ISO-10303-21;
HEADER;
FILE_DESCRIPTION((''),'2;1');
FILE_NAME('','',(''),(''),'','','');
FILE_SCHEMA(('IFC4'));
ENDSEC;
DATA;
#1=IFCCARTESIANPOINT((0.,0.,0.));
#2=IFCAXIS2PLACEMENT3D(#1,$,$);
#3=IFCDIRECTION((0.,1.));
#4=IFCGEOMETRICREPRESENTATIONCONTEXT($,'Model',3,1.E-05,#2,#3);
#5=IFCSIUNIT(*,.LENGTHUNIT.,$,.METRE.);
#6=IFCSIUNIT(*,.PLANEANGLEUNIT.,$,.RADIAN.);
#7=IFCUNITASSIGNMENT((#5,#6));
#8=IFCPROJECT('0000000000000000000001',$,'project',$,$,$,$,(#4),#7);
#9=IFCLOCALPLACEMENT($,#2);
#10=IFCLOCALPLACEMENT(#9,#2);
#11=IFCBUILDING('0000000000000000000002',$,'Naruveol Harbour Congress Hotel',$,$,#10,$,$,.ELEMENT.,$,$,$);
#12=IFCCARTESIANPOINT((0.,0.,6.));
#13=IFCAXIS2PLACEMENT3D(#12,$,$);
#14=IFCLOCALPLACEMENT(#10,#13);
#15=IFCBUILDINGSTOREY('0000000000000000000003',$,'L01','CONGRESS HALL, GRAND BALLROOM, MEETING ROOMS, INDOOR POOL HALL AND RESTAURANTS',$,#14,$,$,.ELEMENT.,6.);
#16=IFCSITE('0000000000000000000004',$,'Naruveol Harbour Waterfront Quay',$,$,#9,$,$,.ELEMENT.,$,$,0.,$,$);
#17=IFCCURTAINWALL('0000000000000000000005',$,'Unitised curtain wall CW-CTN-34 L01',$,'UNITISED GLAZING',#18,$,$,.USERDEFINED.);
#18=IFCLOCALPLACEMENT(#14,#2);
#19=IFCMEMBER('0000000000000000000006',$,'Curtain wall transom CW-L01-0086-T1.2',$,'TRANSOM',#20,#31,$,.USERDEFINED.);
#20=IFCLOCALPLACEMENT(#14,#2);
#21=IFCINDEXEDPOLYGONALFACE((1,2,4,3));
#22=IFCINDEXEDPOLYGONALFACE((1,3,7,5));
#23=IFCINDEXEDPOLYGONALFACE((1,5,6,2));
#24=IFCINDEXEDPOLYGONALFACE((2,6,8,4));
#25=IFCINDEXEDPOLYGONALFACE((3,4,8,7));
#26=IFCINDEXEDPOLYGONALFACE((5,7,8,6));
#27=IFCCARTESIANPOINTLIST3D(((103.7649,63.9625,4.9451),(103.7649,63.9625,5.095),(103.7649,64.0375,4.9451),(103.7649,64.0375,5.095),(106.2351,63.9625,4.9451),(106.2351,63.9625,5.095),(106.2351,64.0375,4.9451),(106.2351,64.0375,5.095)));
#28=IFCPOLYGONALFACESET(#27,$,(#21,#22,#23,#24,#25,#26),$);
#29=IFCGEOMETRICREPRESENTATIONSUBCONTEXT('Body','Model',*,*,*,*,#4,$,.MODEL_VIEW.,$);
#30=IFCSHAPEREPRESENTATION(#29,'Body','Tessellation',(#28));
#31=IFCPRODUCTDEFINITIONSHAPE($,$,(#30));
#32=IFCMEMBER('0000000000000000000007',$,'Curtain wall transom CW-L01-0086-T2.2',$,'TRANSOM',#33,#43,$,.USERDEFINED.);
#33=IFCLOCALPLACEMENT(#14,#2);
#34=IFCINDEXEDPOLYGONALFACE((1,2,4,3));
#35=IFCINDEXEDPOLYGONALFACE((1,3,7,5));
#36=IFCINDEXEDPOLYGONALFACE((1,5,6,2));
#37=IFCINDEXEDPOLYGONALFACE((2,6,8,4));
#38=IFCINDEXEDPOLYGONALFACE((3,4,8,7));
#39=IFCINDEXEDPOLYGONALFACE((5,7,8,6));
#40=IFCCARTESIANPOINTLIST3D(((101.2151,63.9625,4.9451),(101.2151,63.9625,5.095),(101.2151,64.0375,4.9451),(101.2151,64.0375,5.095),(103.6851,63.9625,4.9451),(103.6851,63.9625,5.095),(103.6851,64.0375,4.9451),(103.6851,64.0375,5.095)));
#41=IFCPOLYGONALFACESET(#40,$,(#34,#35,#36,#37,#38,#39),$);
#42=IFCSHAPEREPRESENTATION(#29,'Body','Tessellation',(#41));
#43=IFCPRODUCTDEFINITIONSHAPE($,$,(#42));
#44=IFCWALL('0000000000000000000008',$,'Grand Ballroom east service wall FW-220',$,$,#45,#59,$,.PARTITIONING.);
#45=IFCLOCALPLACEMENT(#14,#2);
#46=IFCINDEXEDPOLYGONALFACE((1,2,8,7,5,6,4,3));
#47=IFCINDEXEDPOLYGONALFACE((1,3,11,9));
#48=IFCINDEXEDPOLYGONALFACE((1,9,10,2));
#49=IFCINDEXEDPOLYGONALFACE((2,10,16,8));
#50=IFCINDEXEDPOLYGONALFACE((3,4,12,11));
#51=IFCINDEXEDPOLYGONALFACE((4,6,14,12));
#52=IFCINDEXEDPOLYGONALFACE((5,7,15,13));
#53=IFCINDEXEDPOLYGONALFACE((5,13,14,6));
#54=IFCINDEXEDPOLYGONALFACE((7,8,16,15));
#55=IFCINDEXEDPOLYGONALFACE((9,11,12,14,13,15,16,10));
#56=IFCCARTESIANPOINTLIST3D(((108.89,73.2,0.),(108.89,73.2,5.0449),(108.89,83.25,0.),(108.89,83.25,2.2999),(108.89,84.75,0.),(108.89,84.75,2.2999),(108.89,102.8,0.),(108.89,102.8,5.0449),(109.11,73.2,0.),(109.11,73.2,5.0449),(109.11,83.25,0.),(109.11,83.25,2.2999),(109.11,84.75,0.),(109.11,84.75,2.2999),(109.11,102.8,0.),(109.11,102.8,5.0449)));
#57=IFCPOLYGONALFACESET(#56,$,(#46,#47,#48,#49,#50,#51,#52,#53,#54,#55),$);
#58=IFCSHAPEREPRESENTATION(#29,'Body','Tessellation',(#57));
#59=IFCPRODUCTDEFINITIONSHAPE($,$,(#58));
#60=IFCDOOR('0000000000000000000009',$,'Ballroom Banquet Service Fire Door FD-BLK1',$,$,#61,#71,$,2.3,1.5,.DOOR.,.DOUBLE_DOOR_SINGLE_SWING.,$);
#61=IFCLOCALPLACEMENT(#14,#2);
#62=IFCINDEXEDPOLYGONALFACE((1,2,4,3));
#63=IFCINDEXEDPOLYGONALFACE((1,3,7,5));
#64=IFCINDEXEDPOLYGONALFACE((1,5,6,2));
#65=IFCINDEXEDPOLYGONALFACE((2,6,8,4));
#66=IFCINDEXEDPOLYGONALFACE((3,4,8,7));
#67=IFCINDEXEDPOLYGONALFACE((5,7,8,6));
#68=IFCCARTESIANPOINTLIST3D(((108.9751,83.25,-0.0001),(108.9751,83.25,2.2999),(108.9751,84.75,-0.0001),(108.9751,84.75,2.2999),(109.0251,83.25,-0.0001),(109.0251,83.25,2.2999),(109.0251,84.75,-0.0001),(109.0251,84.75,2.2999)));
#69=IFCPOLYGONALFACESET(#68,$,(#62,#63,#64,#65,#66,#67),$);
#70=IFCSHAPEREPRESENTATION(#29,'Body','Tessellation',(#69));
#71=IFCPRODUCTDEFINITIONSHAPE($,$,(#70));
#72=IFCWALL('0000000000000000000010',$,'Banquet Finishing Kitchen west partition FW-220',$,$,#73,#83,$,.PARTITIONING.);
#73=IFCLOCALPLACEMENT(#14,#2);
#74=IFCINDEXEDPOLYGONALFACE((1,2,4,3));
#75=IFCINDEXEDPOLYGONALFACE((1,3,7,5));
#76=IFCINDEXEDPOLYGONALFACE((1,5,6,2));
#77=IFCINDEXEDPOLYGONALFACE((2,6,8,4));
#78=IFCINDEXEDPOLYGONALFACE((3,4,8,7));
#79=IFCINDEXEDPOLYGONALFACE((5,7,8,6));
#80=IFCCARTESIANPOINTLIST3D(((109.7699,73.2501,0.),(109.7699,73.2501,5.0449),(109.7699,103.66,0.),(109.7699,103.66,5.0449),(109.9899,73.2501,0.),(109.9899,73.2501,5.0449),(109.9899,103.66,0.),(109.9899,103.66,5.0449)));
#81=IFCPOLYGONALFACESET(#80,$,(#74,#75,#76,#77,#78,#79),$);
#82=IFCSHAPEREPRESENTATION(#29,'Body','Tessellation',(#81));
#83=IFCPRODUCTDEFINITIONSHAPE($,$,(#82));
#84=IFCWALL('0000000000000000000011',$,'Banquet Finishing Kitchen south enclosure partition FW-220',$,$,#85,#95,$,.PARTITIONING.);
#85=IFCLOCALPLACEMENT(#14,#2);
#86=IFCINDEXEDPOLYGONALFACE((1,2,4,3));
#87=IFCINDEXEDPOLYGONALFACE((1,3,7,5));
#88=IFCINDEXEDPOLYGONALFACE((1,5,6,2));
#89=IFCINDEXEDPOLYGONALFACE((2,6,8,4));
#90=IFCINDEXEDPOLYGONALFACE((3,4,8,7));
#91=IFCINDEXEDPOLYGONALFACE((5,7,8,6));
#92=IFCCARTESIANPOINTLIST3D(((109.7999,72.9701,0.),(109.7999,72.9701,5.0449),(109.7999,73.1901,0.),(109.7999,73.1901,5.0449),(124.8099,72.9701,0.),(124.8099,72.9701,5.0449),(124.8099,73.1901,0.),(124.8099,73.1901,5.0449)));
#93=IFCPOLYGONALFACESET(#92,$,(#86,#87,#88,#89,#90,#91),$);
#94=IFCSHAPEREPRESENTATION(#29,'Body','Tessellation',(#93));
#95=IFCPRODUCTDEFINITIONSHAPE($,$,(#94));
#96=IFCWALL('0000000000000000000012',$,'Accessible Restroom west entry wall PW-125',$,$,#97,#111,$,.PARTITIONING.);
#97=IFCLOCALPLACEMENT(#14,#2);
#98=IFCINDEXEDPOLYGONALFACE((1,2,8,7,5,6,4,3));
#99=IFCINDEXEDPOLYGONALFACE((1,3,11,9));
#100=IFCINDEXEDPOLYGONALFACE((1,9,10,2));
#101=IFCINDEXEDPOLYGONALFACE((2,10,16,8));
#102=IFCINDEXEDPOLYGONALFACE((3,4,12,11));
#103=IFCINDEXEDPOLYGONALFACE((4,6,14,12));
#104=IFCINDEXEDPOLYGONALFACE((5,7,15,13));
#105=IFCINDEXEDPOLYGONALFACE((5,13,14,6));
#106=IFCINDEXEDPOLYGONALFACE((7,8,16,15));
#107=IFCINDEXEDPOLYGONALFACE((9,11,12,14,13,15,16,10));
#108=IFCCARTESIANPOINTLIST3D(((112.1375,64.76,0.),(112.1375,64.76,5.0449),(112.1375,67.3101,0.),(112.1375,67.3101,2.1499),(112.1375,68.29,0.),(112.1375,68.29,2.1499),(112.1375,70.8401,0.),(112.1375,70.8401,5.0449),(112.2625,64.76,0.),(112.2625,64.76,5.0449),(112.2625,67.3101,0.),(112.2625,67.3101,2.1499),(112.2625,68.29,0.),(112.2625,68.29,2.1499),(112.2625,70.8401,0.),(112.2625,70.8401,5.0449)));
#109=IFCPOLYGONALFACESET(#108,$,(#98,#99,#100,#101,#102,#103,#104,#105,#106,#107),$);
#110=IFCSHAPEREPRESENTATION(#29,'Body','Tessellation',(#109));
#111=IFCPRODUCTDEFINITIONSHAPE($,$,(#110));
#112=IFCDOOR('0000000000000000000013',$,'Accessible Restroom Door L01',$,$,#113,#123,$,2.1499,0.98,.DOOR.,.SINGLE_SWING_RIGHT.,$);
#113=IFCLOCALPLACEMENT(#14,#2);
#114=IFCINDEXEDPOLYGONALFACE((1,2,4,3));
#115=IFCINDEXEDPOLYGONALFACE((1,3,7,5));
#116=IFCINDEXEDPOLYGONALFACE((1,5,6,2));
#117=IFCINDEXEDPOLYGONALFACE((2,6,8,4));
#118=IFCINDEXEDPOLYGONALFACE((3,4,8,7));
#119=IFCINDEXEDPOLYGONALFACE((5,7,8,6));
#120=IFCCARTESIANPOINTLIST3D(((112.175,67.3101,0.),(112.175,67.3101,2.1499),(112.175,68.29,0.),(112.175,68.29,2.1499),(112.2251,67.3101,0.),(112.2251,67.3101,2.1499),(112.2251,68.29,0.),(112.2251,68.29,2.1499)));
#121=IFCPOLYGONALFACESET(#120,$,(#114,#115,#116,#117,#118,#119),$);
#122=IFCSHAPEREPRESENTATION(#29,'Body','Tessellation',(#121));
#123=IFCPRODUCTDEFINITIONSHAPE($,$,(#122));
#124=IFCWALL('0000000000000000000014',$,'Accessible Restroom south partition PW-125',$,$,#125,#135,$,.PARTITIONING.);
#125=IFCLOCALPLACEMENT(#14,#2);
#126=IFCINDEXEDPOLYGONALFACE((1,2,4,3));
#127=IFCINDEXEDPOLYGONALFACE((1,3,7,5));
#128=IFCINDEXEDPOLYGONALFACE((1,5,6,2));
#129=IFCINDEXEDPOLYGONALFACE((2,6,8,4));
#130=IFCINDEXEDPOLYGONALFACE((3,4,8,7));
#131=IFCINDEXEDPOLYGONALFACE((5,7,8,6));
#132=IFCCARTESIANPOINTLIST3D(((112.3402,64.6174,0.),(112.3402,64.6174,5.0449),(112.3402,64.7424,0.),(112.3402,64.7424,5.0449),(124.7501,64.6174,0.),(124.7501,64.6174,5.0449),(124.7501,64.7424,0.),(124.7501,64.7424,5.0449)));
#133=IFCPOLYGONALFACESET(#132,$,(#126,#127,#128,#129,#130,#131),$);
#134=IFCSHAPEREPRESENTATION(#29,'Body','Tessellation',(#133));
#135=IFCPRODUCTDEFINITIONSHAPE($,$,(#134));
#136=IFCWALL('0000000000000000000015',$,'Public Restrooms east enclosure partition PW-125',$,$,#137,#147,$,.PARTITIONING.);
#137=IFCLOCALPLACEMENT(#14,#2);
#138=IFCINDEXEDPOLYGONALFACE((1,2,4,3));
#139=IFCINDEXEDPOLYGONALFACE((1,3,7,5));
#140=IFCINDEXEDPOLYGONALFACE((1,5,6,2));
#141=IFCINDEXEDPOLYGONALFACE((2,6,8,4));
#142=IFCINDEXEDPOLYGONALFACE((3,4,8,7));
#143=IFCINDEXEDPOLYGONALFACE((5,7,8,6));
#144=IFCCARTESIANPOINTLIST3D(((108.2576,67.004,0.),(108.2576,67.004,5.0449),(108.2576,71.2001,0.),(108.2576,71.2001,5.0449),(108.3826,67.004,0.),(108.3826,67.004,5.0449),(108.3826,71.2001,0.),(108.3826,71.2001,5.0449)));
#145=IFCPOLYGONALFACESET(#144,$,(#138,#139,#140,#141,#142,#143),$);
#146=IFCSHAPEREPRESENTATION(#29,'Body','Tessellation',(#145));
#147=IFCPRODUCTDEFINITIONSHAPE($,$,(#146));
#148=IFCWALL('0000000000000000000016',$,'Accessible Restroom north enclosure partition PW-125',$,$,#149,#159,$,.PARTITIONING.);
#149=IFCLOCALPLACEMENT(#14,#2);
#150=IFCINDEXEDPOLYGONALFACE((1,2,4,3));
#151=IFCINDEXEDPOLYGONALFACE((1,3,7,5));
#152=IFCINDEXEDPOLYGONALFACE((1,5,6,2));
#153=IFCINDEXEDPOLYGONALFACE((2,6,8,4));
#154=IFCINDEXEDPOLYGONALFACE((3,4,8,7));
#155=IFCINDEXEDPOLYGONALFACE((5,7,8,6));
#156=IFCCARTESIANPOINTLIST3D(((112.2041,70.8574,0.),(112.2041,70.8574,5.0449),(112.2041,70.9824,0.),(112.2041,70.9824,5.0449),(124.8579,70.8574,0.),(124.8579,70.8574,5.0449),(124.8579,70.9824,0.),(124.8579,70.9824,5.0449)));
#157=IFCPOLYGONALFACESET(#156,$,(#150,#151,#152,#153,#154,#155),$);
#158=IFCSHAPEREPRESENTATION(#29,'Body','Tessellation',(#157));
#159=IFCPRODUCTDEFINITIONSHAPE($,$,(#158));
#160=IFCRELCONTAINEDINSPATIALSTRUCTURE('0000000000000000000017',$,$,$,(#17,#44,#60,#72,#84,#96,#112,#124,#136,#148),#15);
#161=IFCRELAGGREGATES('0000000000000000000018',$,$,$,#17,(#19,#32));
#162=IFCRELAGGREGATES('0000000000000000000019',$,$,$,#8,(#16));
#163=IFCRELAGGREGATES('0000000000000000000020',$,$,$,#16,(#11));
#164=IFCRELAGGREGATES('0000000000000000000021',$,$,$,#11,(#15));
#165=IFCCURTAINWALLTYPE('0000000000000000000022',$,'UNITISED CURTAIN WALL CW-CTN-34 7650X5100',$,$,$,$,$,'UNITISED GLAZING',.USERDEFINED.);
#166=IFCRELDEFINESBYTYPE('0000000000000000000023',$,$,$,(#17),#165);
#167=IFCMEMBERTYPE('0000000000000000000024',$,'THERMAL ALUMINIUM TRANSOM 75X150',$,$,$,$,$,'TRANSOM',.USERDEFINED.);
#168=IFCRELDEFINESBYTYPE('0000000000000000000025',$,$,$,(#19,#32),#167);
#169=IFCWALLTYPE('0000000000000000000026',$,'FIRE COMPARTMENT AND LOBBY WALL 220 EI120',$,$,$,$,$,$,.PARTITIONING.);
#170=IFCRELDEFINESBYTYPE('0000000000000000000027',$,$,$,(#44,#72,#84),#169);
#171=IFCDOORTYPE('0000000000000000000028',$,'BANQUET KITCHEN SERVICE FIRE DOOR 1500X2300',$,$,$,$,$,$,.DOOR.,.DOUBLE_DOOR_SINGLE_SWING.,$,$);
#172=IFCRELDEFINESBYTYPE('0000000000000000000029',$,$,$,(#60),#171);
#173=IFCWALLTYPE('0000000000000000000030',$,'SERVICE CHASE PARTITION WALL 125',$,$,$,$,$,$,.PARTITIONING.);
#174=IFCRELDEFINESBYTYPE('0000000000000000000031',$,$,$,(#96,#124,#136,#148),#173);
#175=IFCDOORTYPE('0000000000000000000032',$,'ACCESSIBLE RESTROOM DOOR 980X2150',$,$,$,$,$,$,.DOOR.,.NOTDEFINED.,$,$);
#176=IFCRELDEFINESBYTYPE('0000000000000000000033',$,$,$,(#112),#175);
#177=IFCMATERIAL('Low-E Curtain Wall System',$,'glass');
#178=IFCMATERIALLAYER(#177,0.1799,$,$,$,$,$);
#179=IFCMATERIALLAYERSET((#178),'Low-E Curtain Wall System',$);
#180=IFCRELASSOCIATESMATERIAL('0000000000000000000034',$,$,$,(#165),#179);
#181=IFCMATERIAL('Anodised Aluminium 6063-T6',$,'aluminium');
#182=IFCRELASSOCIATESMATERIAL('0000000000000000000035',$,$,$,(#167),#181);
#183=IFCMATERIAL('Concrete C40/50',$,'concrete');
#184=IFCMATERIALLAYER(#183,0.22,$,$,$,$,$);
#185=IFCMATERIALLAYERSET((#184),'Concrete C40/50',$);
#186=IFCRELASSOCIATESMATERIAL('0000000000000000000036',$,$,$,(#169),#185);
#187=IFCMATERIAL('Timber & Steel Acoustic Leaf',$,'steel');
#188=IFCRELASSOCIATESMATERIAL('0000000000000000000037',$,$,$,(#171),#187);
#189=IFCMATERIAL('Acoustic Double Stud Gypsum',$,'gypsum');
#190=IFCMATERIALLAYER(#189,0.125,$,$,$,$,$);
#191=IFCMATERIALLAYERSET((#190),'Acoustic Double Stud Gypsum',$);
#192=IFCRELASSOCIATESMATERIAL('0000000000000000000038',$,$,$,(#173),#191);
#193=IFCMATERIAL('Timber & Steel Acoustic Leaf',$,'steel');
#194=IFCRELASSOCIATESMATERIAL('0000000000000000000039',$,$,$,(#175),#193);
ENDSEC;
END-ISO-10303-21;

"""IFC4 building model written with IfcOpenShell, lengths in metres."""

from ifc_helpers import new_model, si_unit, direction, frame, frame_2d, origin, origin_2d, place, context, subcontext, project, spatial, rectangle, extrude, material, layer, layer_set, material_profile, profile_set, type_object, element, fill, aggregate, save


model = new_model("IFC4")

# Units and contexts
model_context = context("Model", 3, precision=1e-05, world=origin(), true_north=direction((0.0, 1.0)))
body_context = subcontext(model_context, "Body", "Model", "MODEL_VIEW")
ifc_project = project(units=[si_unit("LENGTHUNIT", "METRE"), si_unit("PLANEANGLEUNIT", "RADIAN")], contexts=[model_context])

# Site, building, storey
site_placement = place(None, origin())
site = spatial("IfcSite", under=ifc_project, at=site_placement, Name="Naruveol Harbour Waterfront Quay", CompositionType="ELEMENT", RefElevation=0.0)
building_placement = place(site_placement, origin())
building = spatial("IfcBuilding", under=site, at=building_placement, Name="Naruveol Harbour Congress Hotel", CompositionType="ELEMENT")
storey_placement = place(building_placement, frame((0.0, 0.0, 6.0)))
storey = spatial("IfcBuildingStorey", under=building, at=storey_placement, Name="L01", Description="CONGRESS HALL, GRAND BALLROOM, MEETING ROOMS, INDOOR POOL HALL AND RESTAURANTS", CompositionType="ELEMENT", Elevation=6.0)

# Curtain wall, members
ifc_material_1 = material(Name="Low-E Curtain Wall System", Category="glass")
ifc_layer_1 = layer(ifc_material_1, 0.1799)
ifc_layer_set_1 = layer_set([ifc_layer_1], Name="Low-E Curtain Wall System")
curtain_wall_type = type_object("IfcCurtainWallType", Name="UNITISED CURTAIN WALL CW-CTN-34 7650X5100", ElementType="UNITISED GLAZING", PredefinedType="USERDEFINED", material=ifc_layer_set_1)
curtain_wall_placement = place(storey_placement, origin())
curtain_wall = element("IfcCurtainWall", 1, at=curtain_wall_placement, inside=storey, type_object=curtain_wall_type, Name="Unitised curtain wall CW-CTN-34 L01", ObjectType="UNITISED GLAZING", PredefinedType="USERDEFINED")
ifc_material_2 = material(Name="Anodised Aluminium 6063-T6", Category="aluminium")
ifc_material_profile_1 = material_profile(ifc_material_2, rectangle(XDim=0.075, YDim=0.1499, at=origin_2d()), Name="ALU-75x150")
ifc_profile_set_1 = profile_set([ifc_material_profile_1], Name="Anodised Aluminium 6063-T6")
member_type_1 = type_object("IfcMemberType", Name="THERMAL ALUMINIUM TRANSOM 75X150", ElementType="TRANSOM", PredefinedType="USERDEFINED", material=ifc_profile_set_1)
member_1_placement = place(storey_placement, frame((106.2351, 64.0, 5.02), z_axis=(-1.0, 0.0, 0.0), x_axis=(0.0, -1.0, 0.0)))
member_1 = element("IfcMember", 2, at=member_1_placement, type_object=member_type_1, Name="Curtain wall transom CW-L01-0086-T1.2", ObjectType="TRANSOM", PredefinedType="USERDEFINED", context=body_context, shape_type="SweptSolid", body=[
    extrude(rectangle(XDim=0.075, YDim=0.1499, at=origin_2d()), origin(), (0.0, 0.0, 1.0), 2.4702),
])
member_2_placement = place(storey_placement, frame((103.6851, 64.0, 5.02), z_axis=(-1.0, 0.0, 0.0), x_axis=(0.0, -1.0, 0.0)))
member_2 = element("IfcMember", 3, at=member_2_placement, type_object=member_type_1, Name="Curtain wall transom CW-L01-0086-T2.2", ObjectType="TRANSOM", PredefinedType="USERDEFINED", context=body_context, shape_type="SweptSolid", body=[
    extrude(rectangle(XDim=0.075, YDim=0.1499, at=origin_2d()), origin(), (0.0, 0.0, 1.0), 2.47),
])
aggregate(curtain_wall, [member_1, member_2])

# Wall, opening, door
ifc_material_3 = material(Name="Concrete C40/50", Category="concrete")
ifc_layer_2 = layer(ifc_material_3, 0.22)
ifc_layer_set_2 = layer_set([ifc_layer_2], Name="Concrete C40/50")
wall_type_1 = type_object("IfcWallType", Name="FIRE COMPARTMENT AND LOBBY WALL 220 EI120", PredefinedType="PARTITIONING", material=ifc_layer_set_2)
wall_1_placement = place(storey_placement, frame((109.0, 73.2, 0.0), z_axis=(0.0, 0.0, 1.0), x_axis=(0.0, 1.0, 0.0)))
wall_1 = element("IfcWall", 4, at=wall_1_placement, inside=storey, type_object=wall_type_1, Name="Grand Ballroom east service wall FW-220", PredefinedType="PARTITIONING", context=body_context, shape_type="SweptSolid", body=[
    extrude(rectangle(XDim=29.6001, YDim=0.22, at=frame_2d((14.8, 0.0))), origin(), (0.0, 0.0, 1.0), 5.0449),
])
opening_1_placement = place(wall_1_placement, frame((10.05, 0.0, 0.0)))
opening_1 = element("IfcOpeningElement", 5, at=opening_1_placement, cuts=wall_1, PredefinedType="OPENING", context=body_context, shape_type="SweptSolid", body=[
    extrude(rectangle(XDim=1.5, YDim=2.3, at=frame_2d((0.75, 1.1499))), frame((0.0, 0.1199, 0.0), z_axis=(0.0, -1.0, 0.0), x_axis=(1.0, 0.0, 0.0)), (0.0, 0.0, 1.0), 0.24),
])
ifc_material_4 = material(Name="Timber & Steel Acoustic Leaf", Category="steel")
door_type_1 = type_object("IfcDoorType", Name="BANQUET KITCHEN SERVICE FIRE DOOR 1500X2300", OperationType="DOUBLE_DOOR_SINGLE_SWING", PredefinedType="DOOR", material=ifc_material_4)
door_1_placement = place(opening_1_placement, origin())
door_1 = element("IfcDoor", 6, at=door_1_placement, inside=storey, type_object=door_type_1, Name="Ballroom Banquet Service Fire Door FD-BLK1", OperationType="DOUBLE_DOOR_SINGLE_SWING", OverallHeight=2.3, OverallWidth=1.5, PredefinedType="DOOR", context=body_context, shape_type="SweptSolid", body=[
    extrude(rectangle(XDim=1.5, YDim=2.3, at=frame_2d((0.75, 1.1499))), frame((0.0, 0.0249, 0.0), z_axis=(0.0, -1.0, 0.0), x_axis=(1.0, 0.0, 0.0)), (0.0, 0.0, 1.0), 0.05),
])
fill(opening_1, door_1)

# Walls
wall_2_placement = place(storey_placement, frame((109.8799, 73.25, 0.0), z_axis=(0.0, 0.0, 1.0), x_axis=(0.0, 1.0, 0.0)))
element("IfcWall", 7, at=wall_2_placement, inside=storey, type_object=wall_type_1, Name="Banquet Finishing Kitchen west partition FW-220", PredefinedType="PARTITIONING", context=body_context, shape_type="SweptSolid", body=[
    extrude(rectangle(XDim=30.4099, YDim=0.22, at=frame_2d((15.2051, 0.0))), origin(), (0.0, 0.0, 1.0), 5.0449),
])
wall_3_placement = place(storey_placement, frame((109.8, 73.0801, 0.0), z_axis=(0.0, 0.0, 1.0), x_axis=(1.0, 0.0, 0.0)))
element("IfcWall", 8, at=wall_3_placement, inside=storey, type_object=wall_type_1, Name="Banquet Finishing Kitchen south enclosure partition FW-220", PredefinedType="PARTITIONING", context=body_context, shape_type="SweptSolid", body=[
    extrude(rectangle(XDim=15.01, YDim=0.22, at=frame_2d((7.5049, 0.0))), origin(), (0.0, 0.0, 1.0), 5.0449),
])

# Wall, opening, door
ifc_material_5 = material(Name="Acoustic Double Stud Gypsum", Category="gypsum")
ifc_layer_3 = layer(ifc_material_5, 0.125)
ifc_layer_set_3 = layer_set([ifc_layer_3], Name="Acoustic Double Stud Gypsum")
wall_type_2 = type_object("IfcWallType", Name="SERVICE CHASE PARTITION WALL 125", PredefinedType="PARTITIONING", material=ifc_layer_set_3)
wall_4_placement = place(storey_placement, frame((112.2, 64.76, 0.0), z_axis=(0.0, 0.0, 1.0), x_axis=(0.0, 1.0, 0.0)))
wall_4 = element("IfcWall", 9, at=wall_4_placement, inside=storey, type_object=wall_type_2, Name="Accessible Restroom west entry wall PW-125", PredefinedType="PARTITIONING", context=body_context, shape_type="SweptSolid", body=[
    extrude(rectangle(XDim=6.0801, YDim=0.125, at=frame_2d((3.04, 0.0))), origin(), (0.0, 0.0, 1.0), 5.0449),
])
opening_2_placement = place(wall_4_placement, frame((2.55, 0.0, 0.0)))
opening_2 = element("IfcOpeningElement", 10, at=opening_2_placement, cuts=wall_4, PredefinedType="OPENING", context=body_context, shape_type="SweptSolid", body=[
    extrude(rectangle(XDim=0.98, YDim=2.1499, at=frame_2d((0.49, 1.075))), frame((0.0, 0.0725, 0.0), z_axis=(0.0, -1.0, 0.0), x_axis=(1.0, 0.0, 0.0)), (0.0, 0.0, 1.0), 0.145),
])
ifc_material_6 = material(Name="Timber & Steel Acoustic Leaf", Category="steel")
door_type_2 = type_object("IfcDoorType", Name="ACCESSIBLE RESTROOM DOOR 980X2150", OperationType="NOTDEFINED", PredefinedType="DOOR", material=ifc_material_6)
door_2_placement = place(opening_2_placement, origin())
door_2 = element("IfcDoor", 11, at=door_2_placement, inside=storey, type_object=door_type_2, Name="Accessible Restroom Door L01", OperationType="SINGLE_SWING_RIGHT", OverallHeight=2.1499, OverallWidth=0.98, PredefinedType="DOOR", context=body_context, shape_type="SweptSolid", body=[
    extrude(rectangle(XDim=0.98, YDim=2.1499, at=frame_2d((0.49, 1.075))), frame((0.0, 0.0249, 0.0), z_axis=(0.0, -1.0, 0.0), x_axis=(1.0, 0.0, 0.0)), (0.0, 0.0, 1.0), 0.05),
])
fill(opening_2, door_2)

# Walls
wall_5_placement = place(storey_placement, frame((112.3401, 64.6799, 0.0), z_axis=(0.0, 0.0, 1.0), x_axis=(1.0, 0.0, 0.0)))
element("IfcWall", 12, at=wall_5_placement, inside=storey, type_object=wall_type_2, Name="Accessible Restroom south partition PW-125", PredefinedType="PARTITIONING", context=body_context, shape_type="SweptSolid", body=[
    extrude(rectangle(XDim=12.4099, YDim=0.125, at=frame_2d((6.2051, 0.0))), origin(), (0.0, 0.0, 1.0), 5.0449),
])
wall_6_placement = place(storey_placement, frame((108.3201, 67.0039, 0.0), z_axis=(0.0, 0.0, 1.0), x_axis=(0.0, 1.0, 0.0)))
element("IfcWall", 13, at=wall_6_placement, inside=storey, type_object=wall_type_2, Name="Public Restrooms east enclosure partition PW-125", PredefinedType="PARTITIONING", context=body_context, shape_type="SweptSolid", body=[
    extrude(rectangle(XDim=4.196, YDim=0.125, at=frame_2d((2.0981, 0.0))), origin(), (0.0, 0.0, 1.0), 5.0449),
])
wall_7_placement = place(storey_placement, frame((112.2041, 70.9199, 0.0), z_axis=(0.0, 0.0, 1.0), x_axis=(1.0, 0.0, 0.0)))
element("IfcWall", 14, at=wall_7_placement, inside=storey, type_object=wall_type_2, Name="Accessible Restroom north enclosure partition PW-125", PredefinedType="PARTITIONING", context=body_context, shape_type="SweptSolid", body=[
    extrude(rectangle(XDim=12.6538, YDim=0.125, at=frame_2d((6.3269, 0.0))), origin(), (0.0, 0.0, 1.0), 5.0449),
])

save(model, "model.ifc")
